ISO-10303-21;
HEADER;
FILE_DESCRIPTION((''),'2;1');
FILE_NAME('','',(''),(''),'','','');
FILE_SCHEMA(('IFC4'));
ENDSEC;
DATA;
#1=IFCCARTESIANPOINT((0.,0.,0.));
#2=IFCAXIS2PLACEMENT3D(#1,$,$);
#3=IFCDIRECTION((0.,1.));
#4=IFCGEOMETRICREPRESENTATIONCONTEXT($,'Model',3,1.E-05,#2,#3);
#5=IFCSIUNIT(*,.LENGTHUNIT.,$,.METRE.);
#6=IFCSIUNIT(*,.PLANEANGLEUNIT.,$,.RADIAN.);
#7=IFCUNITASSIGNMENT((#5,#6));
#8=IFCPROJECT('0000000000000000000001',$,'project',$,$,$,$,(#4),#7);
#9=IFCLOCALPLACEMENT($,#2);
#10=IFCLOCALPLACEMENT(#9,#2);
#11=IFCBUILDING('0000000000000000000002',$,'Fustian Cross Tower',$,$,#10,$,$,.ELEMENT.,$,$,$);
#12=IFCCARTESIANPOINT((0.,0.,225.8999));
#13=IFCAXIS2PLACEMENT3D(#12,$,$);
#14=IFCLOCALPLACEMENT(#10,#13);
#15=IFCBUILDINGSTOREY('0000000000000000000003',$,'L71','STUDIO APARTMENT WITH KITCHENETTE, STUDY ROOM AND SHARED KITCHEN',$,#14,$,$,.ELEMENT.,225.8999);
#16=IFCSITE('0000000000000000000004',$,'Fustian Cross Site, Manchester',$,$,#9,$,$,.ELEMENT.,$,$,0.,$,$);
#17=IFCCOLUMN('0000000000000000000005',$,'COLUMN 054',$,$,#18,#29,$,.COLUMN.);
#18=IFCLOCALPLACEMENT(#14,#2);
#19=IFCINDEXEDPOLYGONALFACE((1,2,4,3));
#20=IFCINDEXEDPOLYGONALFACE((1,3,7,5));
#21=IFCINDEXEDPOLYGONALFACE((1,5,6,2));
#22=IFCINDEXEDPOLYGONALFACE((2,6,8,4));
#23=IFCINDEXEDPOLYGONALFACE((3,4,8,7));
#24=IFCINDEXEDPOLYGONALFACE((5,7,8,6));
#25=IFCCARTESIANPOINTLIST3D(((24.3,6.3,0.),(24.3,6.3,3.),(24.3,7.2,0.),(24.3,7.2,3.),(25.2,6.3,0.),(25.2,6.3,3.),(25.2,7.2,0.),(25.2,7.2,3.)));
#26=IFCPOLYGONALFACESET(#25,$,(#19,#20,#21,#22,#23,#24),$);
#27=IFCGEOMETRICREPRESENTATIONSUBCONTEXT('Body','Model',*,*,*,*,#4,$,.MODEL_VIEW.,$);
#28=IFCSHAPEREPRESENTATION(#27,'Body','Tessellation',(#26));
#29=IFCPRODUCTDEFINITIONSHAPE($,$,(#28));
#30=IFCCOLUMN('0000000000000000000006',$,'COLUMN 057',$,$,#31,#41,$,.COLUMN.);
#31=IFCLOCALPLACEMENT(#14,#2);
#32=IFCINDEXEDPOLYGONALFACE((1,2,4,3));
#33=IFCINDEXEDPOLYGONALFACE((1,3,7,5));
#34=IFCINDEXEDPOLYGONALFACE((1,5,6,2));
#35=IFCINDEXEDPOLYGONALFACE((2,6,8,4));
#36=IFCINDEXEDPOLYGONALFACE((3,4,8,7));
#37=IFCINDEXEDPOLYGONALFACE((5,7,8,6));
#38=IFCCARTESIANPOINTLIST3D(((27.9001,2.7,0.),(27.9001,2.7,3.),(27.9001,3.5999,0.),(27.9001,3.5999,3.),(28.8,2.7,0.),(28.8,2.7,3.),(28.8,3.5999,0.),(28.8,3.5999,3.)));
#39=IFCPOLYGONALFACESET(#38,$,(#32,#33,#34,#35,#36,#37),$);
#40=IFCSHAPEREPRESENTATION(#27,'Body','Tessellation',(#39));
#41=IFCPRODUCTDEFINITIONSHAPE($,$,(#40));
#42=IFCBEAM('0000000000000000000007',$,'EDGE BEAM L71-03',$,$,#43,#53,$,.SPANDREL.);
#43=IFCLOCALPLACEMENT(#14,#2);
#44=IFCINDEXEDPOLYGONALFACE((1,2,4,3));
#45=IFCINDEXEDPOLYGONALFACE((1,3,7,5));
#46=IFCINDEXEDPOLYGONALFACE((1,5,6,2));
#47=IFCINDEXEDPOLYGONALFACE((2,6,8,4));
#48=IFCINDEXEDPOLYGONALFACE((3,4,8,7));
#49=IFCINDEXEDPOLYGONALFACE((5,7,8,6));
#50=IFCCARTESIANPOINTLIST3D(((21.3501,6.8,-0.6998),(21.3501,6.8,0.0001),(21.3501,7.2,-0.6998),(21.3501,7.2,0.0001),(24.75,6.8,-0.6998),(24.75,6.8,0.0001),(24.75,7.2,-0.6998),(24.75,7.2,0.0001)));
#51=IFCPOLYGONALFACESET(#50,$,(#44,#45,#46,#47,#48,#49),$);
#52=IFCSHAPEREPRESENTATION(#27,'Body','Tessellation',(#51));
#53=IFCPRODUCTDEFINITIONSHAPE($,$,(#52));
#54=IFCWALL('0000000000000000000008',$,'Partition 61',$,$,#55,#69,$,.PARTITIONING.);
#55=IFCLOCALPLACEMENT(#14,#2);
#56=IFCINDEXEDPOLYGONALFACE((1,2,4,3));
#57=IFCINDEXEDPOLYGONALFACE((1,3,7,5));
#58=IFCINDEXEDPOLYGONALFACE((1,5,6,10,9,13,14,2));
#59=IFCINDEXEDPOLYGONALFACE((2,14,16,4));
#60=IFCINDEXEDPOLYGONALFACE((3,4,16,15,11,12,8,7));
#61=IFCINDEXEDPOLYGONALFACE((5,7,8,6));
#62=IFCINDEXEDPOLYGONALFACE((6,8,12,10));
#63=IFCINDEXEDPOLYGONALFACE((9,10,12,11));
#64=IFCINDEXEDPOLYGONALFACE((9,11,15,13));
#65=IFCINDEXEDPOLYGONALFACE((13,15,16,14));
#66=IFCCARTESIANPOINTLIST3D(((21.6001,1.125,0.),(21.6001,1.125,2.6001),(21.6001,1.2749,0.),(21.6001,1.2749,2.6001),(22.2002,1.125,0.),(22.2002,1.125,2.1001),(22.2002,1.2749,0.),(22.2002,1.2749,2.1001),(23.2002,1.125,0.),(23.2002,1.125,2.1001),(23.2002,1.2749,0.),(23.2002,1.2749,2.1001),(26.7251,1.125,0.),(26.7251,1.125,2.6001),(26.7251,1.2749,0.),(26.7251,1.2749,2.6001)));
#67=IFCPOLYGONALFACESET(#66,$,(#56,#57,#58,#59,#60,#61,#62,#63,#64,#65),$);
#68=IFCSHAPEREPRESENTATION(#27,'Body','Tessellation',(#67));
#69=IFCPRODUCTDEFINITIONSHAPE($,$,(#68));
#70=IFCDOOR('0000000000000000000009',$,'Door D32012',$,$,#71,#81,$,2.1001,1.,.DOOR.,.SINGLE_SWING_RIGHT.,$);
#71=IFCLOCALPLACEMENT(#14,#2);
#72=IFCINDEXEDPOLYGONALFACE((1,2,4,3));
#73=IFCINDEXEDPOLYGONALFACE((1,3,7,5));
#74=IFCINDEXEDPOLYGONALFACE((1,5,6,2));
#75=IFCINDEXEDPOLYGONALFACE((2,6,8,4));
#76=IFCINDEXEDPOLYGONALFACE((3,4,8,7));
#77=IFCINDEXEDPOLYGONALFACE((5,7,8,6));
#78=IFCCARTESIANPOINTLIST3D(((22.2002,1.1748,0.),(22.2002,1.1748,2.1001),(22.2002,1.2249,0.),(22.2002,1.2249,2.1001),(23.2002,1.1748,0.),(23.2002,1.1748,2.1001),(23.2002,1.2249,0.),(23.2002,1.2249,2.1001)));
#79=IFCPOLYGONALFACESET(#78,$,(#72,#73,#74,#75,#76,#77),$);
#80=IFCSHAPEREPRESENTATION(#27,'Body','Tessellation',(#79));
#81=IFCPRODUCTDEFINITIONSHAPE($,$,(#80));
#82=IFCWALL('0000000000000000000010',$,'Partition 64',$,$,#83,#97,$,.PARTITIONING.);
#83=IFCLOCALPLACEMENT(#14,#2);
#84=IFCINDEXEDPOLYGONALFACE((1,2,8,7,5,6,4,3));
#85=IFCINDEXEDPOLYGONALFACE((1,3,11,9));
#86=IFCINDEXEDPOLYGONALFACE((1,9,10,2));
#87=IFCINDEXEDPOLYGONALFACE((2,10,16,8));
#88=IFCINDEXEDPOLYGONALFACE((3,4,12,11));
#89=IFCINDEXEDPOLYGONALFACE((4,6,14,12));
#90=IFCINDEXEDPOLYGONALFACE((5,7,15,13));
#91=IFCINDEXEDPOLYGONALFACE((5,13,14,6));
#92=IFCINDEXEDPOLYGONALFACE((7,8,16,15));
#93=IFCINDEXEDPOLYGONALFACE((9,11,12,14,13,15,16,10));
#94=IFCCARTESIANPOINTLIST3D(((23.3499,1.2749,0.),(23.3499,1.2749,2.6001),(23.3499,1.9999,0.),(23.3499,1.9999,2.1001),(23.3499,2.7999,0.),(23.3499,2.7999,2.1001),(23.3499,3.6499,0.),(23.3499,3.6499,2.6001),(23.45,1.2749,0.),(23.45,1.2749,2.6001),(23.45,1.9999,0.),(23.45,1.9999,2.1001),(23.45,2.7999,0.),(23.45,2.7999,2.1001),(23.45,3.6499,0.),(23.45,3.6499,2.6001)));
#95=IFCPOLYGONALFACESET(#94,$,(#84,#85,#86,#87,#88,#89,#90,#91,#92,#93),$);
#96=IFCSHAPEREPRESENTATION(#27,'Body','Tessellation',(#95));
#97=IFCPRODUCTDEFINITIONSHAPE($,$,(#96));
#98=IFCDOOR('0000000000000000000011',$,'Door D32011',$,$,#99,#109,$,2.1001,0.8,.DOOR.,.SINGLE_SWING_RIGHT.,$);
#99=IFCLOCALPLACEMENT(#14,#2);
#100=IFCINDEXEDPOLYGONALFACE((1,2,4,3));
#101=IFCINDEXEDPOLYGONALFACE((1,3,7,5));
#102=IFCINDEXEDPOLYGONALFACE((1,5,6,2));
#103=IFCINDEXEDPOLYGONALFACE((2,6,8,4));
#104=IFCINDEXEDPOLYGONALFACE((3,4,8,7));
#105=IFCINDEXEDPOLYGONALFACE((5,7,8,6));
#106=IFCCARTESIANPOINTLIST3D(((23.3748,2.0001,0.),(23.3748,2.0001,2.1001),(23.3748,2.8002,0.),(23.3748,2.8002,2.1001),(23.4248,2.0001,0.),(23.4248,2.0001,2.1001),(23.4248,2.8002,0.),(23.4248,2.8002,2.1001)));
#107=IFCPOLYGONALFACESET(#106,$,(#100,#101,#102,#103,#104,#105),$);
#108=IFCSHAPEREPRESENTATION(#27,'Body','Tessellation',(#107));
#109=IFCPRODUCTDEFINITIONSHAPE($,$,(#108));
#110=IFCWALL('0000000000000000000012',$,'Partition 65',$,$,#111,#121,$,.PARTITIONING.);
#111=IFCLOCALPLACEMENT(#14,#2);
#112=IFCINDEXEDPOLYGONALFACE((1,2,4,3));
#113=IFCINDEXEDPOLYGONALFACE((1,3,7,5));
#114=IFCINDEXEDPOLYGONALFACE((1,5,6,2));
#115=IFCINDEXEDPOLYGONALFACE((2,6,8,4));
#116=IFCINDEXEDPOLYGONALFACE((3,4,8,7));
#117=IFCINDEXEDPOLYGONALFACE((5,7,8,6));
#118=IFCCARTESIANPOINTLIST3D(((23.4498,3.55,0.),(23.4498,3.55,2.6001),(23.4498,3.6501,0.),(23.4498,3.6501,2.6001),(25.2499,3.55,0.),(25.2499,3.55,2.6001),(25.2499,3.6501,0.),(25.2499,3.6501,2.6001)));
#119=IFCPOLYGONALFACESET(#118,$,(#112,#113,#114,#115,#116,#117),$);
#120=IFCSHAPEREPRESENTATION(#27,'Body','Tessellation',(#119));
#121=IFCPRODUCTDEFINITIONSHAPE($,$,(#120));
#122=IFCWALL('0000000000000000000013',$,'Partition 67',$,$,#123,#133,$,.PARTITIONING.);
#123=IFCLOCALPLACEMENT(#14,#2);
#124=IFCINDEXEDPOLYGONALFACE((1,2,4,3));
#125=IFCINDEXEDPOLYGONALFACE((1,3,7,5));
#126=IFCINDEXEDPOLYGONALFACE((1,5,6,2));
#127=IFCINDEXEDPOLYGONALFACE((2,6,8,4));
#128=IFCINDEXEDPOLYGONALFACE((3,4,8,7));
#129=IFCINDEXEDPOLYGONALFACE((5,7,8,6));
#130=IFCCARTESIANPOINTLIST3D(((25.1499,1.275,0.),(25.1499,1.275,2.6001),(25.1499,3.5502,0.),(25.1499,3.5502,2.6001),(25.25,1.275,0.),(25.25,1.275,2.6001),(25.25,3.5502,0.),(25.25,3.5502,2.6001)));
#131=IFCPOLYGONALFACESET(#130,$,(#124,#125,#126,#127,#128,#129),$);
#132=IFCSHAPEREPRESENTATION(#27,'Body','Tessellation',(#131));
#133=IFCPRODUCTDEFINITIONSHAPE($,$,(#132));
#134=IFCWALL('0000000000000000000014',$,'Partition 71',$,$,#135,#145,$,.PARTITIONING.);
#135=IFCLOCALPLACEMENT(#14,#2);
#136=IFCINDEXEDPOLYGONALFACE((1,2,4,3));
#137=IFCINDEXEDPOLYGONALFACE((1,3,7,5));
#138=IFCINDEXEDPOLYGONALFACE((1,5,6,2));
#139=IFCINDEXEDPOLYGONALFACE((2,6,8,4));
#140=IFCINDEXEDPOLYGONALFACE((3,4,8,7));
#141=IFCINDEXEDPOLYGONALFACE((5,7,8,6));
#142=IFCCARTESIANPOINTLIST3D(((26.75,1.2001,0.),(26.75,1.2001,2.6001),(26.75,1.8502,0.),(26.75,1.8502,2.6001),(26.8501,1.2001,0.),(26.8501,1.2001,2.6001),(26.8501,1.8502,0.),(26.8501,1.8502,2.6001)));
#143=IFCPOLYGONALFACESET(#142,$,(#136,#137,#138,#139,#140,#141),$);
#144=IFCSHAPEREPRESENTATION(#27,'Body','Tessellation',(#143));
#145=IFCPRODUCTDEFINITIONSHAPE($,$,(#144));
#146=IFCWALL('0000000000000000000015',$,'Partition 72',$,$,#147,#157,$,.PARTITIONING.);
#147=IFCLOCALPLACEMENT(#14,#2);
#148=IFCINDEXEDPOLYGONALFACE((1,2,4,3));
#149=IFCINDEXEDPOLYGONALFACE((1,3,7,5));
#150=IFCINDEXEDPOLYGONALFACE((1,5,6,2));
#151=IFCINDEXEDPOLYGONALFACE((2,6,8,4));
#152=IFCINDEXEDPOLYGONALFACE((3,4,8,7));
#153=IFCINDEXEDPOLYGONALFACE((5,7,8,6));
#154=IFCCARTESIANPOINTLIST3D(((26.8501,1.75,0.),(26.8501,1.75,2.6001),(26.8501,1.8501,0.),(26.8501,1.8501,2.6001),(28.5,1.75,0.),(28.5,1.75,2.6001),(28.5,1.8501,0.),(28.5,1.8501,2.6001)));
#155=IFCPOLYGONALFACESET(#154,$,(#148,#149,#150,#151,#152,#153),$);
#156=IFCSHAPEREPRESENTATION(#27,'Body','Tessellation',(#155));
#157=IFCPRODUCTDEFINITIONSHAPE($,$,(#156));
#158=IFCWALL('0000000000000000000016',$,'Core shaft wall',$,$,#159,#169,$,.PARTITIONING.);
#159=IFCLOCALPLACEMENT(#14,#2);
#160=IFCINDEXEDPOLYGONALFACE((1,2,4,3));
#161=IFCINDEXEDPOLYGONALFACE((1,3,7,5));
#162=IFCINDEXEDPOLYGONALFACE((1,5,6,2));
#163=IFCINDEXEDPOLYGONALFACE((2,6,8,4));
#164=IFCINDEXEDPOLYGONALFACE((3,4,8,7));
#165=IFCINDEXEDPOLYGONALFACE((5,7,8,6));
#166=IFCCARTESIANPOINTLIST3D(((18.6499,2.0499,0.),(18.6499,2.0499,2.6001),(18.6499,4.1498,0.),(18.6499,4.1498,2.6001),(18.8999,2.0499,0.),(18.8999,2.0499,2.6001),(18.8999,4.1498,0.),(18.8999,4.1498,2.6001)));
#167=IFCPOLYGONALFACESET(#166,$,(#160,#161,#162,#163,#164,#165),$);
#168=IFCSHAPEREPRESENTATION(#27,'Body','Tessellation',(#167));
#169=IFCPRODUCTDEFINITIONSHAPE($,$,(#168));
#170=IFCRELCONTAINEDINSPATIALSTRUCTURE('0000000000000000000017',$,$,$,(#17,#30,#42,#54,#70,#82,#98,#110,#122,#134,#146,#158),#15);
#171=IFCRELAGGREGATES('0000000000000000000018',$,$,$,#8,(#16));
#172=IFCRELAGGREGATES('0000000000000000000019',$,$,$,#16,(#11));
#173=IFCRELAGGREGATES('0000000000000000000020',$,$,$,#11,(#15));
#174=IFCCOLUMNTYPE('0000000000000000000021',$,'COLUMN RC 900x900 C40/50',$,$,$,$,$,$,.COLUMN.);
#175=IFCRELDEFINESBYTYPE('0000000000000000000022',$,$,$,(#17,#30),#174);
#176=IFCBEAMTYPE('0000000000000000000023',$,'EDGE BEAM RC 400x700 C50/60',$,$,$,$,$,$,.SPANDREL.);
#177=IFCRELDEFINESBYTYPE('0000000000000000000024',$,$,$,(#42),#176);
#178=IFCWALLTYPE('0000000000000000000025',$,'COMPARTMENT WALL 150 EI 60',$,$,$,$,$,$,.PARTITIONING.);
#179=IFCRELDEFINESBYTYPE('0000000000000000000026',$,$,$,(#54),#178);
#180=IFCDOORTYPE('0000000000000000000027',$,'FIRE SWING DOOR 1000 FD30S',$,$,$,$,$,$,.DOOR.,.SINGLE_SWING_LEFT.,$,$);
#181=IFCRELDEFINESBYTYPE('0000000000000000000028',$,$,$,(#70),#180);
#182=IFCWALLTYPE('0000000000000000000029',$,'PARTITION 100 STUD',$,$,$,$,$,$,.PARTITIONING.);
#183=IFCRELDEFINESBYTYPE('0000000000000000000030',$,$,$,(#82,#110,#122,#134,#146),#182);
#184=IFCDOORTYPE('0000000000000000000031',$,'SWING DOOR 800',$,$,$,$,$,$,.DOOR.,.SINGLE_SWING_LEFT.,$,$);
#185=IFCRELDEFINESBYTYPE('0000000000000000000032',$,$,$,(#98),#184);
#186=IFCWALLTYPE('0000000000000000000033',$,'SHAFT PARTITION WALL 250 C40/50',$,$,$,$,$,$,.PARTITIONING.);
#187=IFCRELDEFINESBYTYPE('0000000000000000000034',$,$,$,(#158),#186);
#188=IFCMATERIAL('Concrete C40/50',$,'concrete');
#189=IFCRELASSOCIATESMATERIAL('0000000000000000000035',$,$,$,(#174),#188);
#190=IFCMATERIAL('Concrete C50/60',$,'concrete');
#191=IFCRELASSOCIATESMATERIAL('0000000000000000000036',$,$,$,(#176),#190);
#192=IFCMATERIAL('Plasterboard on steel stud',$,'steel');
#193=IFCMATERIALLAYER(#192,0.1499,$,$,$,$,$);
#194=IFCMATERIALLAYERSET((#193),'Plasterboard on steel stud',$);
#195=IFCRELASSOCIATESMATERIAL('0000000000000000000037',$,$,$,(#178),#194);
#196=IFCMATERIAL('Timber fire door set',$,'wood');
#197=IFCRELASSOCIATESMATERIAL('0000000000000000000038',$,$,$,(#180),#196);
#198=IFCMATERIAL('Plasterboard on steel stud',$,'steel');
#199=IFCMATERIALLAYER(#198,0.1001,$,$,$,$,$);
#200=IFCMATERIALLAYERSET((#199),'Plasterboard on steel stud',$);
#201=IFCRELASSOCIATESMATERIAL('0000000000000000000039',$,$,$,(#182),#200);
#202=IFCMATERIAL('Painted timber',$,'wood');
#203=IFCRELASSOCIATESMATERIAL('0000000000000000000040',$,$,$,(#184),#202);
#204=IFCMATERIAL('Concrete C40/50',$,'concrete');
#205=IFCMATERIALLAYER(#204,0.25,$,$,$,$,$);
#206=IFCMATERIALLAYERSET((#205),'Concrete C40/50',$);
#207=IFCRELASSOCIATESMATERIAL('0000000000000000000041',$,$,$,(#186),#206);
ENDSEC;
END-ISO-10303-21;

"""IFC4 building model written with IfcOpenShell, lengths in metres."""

from ifc_helpers import new_model, si_unit, direction, frame, frame_2d, origin, origin_2d, place, context, subcontext, project, spatial, rectangle, extrude, material, layer, layer_set, material_profile, profile_set, type_object, element, fill, save


model = new_model("IFC4")

# Units and contexts
model_context = context("Model", 3, precision=1e-05, world=origin(), true_north=direction((0.0, 1.0)))
body_context = subcontext(model_context, "Body", "Model", "MODEL_VIEW")
ifc_project = project(units=[si_unit("LENGTHUNIT", "METRE"), si_unit("PLANEANGLEUNIT", "RADIAN")], contexts=[model_context])

# Site, building, storey
site_placement = place(None, origin())
site = spatial("IfcSite", under=ifc_project, at=site_placement, Name="Fustian Cross Site, Manchester", CompositionType="ELEMENT", RefElevation=0.0)
building_placement = place(site_placement, origin())
building = spatial("IfcBuilding", under=site, at=building_placement, Name="Fustian Cross Tower", CompositionType="ELEMENT")
storey_placement = place(building_placement, frame((0.0, 0.0, 225.8999)))
storey = spatial("IfcBuildingStorey", under=building, at=storey_placement, Name="L71", Description="STUDIO APARTMENT WITH KITCHENETTE, STUDY ROOM AND SHARED KITCHEN", CompositionType="ELEMENT", Elevation=225.8999)

# Columns
ifc_material_1 = material(Name="Concrete C40/50", Category="concrete")
ifc_material_profile_1 = material_profile(ifc_material_1, rectangle(XDim=0.8999, YDim=0.8999, at=origin_2d()), Name="RC 900x900")
ifc_profile_set_1 = profile_set([ifc_material_profile_1], Name="Concrete C40/50")
column_type = type_object("IfcColumnType", Name="COLUMN RC 900x900 C40/50", PredefinedType="COLUMN", material=ifc_profile_set_1)
for number, where, z_axis, x_axis, name in (
    (1, (24.75, 6.75, 0.0), (0.0, 0.0, 1.0), (1.0, 0.0, 0.0), "COLUMN 054"),
    (2, (28.3501, 3.1499, 0.0), (0.0, 0.0, 1.0), (1.0, 0.0, 0.0), "COLUMN 057"),
):
    element("IfcColumn", number, at=place(storey_placement, frame(where, z_axis=z_axis, x_axis=x_axis)), inside=storey, type_object=column_type, Name=name, PredefinedType="COLUMN", context=body_context, shape_type="SweptSolid", body=[
        extrude(rectangle(XDim=0.8999, YDim=0.8999, at=origin_2d()), origin(), (0.0, 0.0, 1.0), 3.0),
    ])

# Beam
ifc_material_2 = material(Name="Concrete C50/60", Category="concrete")
ifc_material_profile_2 = material_profile(ifc_material_2, rectangle(XDim=0.3999, YDim=0.7, at=origin_2d()), Name="RC 400x700")
ifc_profile_set_2 = profile_set([ifc_material_profile_2], Name="Concrete C50/60")
beam_type = type_object("IfcBeamType", Name="EDGE BEAM RC 400x700 C50/60", PredefinedType="SPANDREL", material=ifc_profile_set_2)
beam_placement = place(storey_placement, frame((24.75, 7.0, -0.3499), z_axis=(-1.0, 0.0, 0.0), x_axis=(0.0, -1.0, 0.0)))
element("IfcBeam", 3, at=beam_placement, inside=storey, type_object=beam_type, Name="EDGE BEAM L71-03", PredefinedType="SPANDREL", context=body_context, shape_type="SweptSolid", body=[
    extrude(rectangle(XDim=0.3999, YDim=0.7, at=origin_2d()), origin(), (0.0, 0.0, 1.0), 3.3999),
])

# Walls, openings, doors
ifc_material_3 = material(Name="Plasterboard on steel stud", Category="steel")
ifc_layer_1 = layer(ifc_material_3, 0.1499)
ifc_layer_set_1 = layer_set([ifc_layer_1], Name="Plasterboard on steel stud")
wall_type_1 = type_object("IfcWallType", Name="COMPARTMENT WALL 150 EI 60", PredefinedType="PARTITIONING", material=ifc_layer_set_1)
wall_1_placement = place(storey_placement, frame((21.6001, 1.2, 0.0), z_axis=(0.0, 0.0, 1.0), x_axis=(1.0, 0.0, 0.0)))
wall_1 = element("IfcWall", 4, at=wall_1_placement, inside=storey, type_object=wall_type_1, Name="Partition 61", PredefinedType="PARTITIONING", context=body_context, shape_type="SweptSolid", body=[
    extrude(rectangle(XDim=5.125, YDim=0.1499, at=frame_2d((2.5625, 0.0))), origin(), (0.0, 0.0, 1.0), 2.6001),
])
opening_1_placement = place(wall_1_placement, frame((0.6001, 0.0, 0.0)))
opening_1 = element("IfcOpeningElement", 5, at=opening_1_placement, cuts=wall_1, PredefinedType="OPENING", context=body_context, shape_type="SweptSolid", body=[
    extrude(rectangle(XDim=1.0, YDim=2.1001, at=frame_2d((0.5, 1.05))), frame((0.0, 0.085, 0.0), z_axis=(0.0, -1.0, 0.0), x_axis=(1.0, 0.0, 0.0)), (0.0, 0.0, 1.0), 0.1699),
])
ifc_material_4 = material(Name="Timber fire door set", Category="wood")
door_type_1 = type_object("IfcDoorType", Name="FIRE SWING DOOR 1000 FD30S", OperationType="SINGLE_SWING_LEFT", PredefinedType="DOOR", material=ifc_material_4)
door_1_placement = place(opening_1_placement, origin())
door_1 = element("IfcDoor", 6, at=door_1_placement, inside=storey, type_object=door_type_1, Name="Door D32012", OperationType="SINGLE_SWING_RIGHT", OverallHeight=2.1001, OverallWidth=1.0, PredefinedType="DOOR", context=body_context, shape_type="SweptSolid", body=[
    extrude(rectangle(XDim=1.0, YDim=2.1001, at=frame_2d((0.5, 1.05))), frame((0.0, 0.0249, 0.0), z_axis=(0.0, -1.0, 0.0), x_axis=(1.0, 0.0, 0.0)), (0.0, 0.0, 1.0), 0.05),
])
fill(opening_1, door_1)
ifc_material_5 = material(Name="Plasterboard on steel stud", Category="steel")
ifc_layer_2 = layer(ifc_material_5, 0.1001)
ifc_layer_set_2 = layer_set([ifc_layer_2], Name="Plasterboard on steel stud")
wall_type_2 = type_object("IfcWallType", Name="PARTITION 100 STUD", PredefinedType="PARTITIONING", material=ifc_layer_set_2)
wall_2_placement = place(storey_placement, frame((23.3999, 1.2749, 0.0), z_axis=(0.0, 0.0, 1.0), x_axis=(0.0, 1.0, 0.0)))
wall_2 = element("IfcWall", 7, at=wall_2_placement, inside=storey, type_object=wall_type_2, Name="Partition 64", PredefinedType="PARTITIONING", context=body_context, shape_type="SweptSolid", body=[
    extrude(rectangle(XDim=2.375, YDim=0.1001, at=frame_2d((1.1875, 0.0))), origin(), (0.0, 0.0, 1.0), 2.6001),
])
opening_2_placement = place(wall_2_placement, frame((0.7251, 0.0, 0.0)))
opening_2 = element("IfcOpeningElement", 8, at=opening_2_placement, cuts=wall_2, PredefinedType="OPENING", context=body_context, shape_type="SweptSolid", body=[
    extrude(rectangle(XDim=0.8, YDim=2.1001, at=frame_2d((0.3999, 1.05))), frame((0.0, 0.0601, 0.0), z_axis=(0.0, -1.0, 0.0), x_axis=(1.0, 0.0, 0.0)), (0.0, 0.0, 1.0), 0.1201),
])
ifc_material_6 = material(Name="Painted timber", Category="wood")
door_type_2 = type_object("IfcDoorType", Name="SWING DOOR 800", OperationType="SINGLE_SWING_LEFT", PredefinedType="DOOR", material=ifc_material_6)
door_2_placement = place(opening_2_placement, frame((0.8, 0.0, 0.0), z_axis=(0.0, 0.0, 1.0), x_axis=(-1.0, 0.0, 0.0)))
door_2 = element("IfcDoor", 9, at=door_2_placement, inside=storey, type_object=door_type_2, Name="Door D32011", OperationType="SINGLE_SWING_RIGHT", OverallHeight=2.1001, OverallWidth=0.8, PredefinedType="DOOR", context=body_context, shape_type="SweptSolid", body=[
    extrude(rectangle(XDim=0.8, YDim=2.1001, at=frame_2d((0.3999, 1.05))), frame((0.0, 0.0249, 0.0), z_axis=(0.0, -1.0, 0.0), x_axis=(1.0, 0.0, 0.0)), (0.0, 0.0, 1.0), 0.05),
])
fill(opening_2, door_2)

# Walls
wall_3_placement = place(storey_placement, frame((23.45, 3.6001, 0.0), z_axis=(0.0, 0.0, 1.0), x_axis=(1.0, 0.0, 0.0)))
element("IfcWall", 10, at=wall_3_placement, inside=storey, type_object=wall_type_2, Name="Partition 65", PredefinedType="PARTITIONING", context=body_context, shape_type="SweptSolid", body=[
    extrude(rectangle(XDim=1.8, YDim=0.1001, at=frame_2d((0.8999, 0.0))), origin(), (0.0, 0.0, 1.0), 2.6001),
])
wall_4_placement = place(storey_placement, frame((25.2, 1.2749, 0.0), z_axis=(0.0, 0.0, 1.0), x_axis=(0.0, 1.0, 0.0)))
element("IfcWall", 11, at=wall_4_placement, inside=storey, type_object=wall_type_2, Name="Partition 67", PredefinedType="PARTITIONING", context=body_context, shape_type="SweptSolid", body=[
    extrude(rectangle(XDim=2.2751, YDim=0.1001, at=frame_2d((1.1377, 0.0))), origin(), (0.0, 0.0, 1.0), 2.6001),
])
wall_5_placement = place(storey_placement, frame((26.8, 1.2, 0.0), z_axis=(0.0, 0.0, 1.0), x_axis=(0.0, 1.0, 0.0)))
element("IfcWall", 12, at=wall_5_placement, inside=storey, type_object=wall_type_2, Name="Partition 71", PredefinedType="PARTITIONING", context=body_context, shape_type="SweptSolid", body=[
    extrude(rectangle(XDim=0.6501, YDim=0.1001, at=frame_2d((0.3252, 0.0))), origin(), (0.0, 0.0, 1.0), 2.6001),
])
wall_6_placement = place(storey_placement, frame((26.8501, 1.8, 0.0), z_axis=(0.0, 0.0, 1.0), x_axis=(1.0, 0.0, 0.0)))
element("IfcWall", 13, at=wall_6_placement, inside=storey, type_object=wall_type_2, Name="Partition 72", PredefinedType="PARTITIONING", context=body_context, shape_type="SweptSolid", body=[
    extrude(rectangle(XDim=1.6499, YDim=0.1001, at=frame_2d((0.825, 0.0))), origin(), (0.0, 0.0, 1.0), 2.6001),
])
ifc_material_7 = material(Name="Concrete C40/50", Category="concrete")
ifc_layer_3 = layer(ifc_material_7, 0.25)
ifc_layer_set_3 = layer_set([ifc_layer_3], Name="Concrete C40/50")
wall_type_3 = type_object("IfcWallType", Name="SHAFT PARTITION WALL 250 C40/50", PredefinedType="PARTITIONING", material=ifc_layer_set_3)
wall_7_placement = place(storey_placement, frame((18.7749, 2.05, 0.0), z_axis=(0.0, 0.0, 1.0), x_axis=(0.0, 1.0, 0.0)))
element("IfcWall", 14, at=wall_7_placement, inside=storey, type_object=wall_type_3, Name="Core shaft wall", PredefinedType="PARTITIONING", context=body_context, shape_type="SweptSolid", body=[
    extrude(rectangle(XDim=2.0999, YDim=0.25, at=frame_2d((1.0498, 0.0))), origin(), (0.0, 0.0, 1.0), 2.6001),
])

save(model, "model.ifc")
